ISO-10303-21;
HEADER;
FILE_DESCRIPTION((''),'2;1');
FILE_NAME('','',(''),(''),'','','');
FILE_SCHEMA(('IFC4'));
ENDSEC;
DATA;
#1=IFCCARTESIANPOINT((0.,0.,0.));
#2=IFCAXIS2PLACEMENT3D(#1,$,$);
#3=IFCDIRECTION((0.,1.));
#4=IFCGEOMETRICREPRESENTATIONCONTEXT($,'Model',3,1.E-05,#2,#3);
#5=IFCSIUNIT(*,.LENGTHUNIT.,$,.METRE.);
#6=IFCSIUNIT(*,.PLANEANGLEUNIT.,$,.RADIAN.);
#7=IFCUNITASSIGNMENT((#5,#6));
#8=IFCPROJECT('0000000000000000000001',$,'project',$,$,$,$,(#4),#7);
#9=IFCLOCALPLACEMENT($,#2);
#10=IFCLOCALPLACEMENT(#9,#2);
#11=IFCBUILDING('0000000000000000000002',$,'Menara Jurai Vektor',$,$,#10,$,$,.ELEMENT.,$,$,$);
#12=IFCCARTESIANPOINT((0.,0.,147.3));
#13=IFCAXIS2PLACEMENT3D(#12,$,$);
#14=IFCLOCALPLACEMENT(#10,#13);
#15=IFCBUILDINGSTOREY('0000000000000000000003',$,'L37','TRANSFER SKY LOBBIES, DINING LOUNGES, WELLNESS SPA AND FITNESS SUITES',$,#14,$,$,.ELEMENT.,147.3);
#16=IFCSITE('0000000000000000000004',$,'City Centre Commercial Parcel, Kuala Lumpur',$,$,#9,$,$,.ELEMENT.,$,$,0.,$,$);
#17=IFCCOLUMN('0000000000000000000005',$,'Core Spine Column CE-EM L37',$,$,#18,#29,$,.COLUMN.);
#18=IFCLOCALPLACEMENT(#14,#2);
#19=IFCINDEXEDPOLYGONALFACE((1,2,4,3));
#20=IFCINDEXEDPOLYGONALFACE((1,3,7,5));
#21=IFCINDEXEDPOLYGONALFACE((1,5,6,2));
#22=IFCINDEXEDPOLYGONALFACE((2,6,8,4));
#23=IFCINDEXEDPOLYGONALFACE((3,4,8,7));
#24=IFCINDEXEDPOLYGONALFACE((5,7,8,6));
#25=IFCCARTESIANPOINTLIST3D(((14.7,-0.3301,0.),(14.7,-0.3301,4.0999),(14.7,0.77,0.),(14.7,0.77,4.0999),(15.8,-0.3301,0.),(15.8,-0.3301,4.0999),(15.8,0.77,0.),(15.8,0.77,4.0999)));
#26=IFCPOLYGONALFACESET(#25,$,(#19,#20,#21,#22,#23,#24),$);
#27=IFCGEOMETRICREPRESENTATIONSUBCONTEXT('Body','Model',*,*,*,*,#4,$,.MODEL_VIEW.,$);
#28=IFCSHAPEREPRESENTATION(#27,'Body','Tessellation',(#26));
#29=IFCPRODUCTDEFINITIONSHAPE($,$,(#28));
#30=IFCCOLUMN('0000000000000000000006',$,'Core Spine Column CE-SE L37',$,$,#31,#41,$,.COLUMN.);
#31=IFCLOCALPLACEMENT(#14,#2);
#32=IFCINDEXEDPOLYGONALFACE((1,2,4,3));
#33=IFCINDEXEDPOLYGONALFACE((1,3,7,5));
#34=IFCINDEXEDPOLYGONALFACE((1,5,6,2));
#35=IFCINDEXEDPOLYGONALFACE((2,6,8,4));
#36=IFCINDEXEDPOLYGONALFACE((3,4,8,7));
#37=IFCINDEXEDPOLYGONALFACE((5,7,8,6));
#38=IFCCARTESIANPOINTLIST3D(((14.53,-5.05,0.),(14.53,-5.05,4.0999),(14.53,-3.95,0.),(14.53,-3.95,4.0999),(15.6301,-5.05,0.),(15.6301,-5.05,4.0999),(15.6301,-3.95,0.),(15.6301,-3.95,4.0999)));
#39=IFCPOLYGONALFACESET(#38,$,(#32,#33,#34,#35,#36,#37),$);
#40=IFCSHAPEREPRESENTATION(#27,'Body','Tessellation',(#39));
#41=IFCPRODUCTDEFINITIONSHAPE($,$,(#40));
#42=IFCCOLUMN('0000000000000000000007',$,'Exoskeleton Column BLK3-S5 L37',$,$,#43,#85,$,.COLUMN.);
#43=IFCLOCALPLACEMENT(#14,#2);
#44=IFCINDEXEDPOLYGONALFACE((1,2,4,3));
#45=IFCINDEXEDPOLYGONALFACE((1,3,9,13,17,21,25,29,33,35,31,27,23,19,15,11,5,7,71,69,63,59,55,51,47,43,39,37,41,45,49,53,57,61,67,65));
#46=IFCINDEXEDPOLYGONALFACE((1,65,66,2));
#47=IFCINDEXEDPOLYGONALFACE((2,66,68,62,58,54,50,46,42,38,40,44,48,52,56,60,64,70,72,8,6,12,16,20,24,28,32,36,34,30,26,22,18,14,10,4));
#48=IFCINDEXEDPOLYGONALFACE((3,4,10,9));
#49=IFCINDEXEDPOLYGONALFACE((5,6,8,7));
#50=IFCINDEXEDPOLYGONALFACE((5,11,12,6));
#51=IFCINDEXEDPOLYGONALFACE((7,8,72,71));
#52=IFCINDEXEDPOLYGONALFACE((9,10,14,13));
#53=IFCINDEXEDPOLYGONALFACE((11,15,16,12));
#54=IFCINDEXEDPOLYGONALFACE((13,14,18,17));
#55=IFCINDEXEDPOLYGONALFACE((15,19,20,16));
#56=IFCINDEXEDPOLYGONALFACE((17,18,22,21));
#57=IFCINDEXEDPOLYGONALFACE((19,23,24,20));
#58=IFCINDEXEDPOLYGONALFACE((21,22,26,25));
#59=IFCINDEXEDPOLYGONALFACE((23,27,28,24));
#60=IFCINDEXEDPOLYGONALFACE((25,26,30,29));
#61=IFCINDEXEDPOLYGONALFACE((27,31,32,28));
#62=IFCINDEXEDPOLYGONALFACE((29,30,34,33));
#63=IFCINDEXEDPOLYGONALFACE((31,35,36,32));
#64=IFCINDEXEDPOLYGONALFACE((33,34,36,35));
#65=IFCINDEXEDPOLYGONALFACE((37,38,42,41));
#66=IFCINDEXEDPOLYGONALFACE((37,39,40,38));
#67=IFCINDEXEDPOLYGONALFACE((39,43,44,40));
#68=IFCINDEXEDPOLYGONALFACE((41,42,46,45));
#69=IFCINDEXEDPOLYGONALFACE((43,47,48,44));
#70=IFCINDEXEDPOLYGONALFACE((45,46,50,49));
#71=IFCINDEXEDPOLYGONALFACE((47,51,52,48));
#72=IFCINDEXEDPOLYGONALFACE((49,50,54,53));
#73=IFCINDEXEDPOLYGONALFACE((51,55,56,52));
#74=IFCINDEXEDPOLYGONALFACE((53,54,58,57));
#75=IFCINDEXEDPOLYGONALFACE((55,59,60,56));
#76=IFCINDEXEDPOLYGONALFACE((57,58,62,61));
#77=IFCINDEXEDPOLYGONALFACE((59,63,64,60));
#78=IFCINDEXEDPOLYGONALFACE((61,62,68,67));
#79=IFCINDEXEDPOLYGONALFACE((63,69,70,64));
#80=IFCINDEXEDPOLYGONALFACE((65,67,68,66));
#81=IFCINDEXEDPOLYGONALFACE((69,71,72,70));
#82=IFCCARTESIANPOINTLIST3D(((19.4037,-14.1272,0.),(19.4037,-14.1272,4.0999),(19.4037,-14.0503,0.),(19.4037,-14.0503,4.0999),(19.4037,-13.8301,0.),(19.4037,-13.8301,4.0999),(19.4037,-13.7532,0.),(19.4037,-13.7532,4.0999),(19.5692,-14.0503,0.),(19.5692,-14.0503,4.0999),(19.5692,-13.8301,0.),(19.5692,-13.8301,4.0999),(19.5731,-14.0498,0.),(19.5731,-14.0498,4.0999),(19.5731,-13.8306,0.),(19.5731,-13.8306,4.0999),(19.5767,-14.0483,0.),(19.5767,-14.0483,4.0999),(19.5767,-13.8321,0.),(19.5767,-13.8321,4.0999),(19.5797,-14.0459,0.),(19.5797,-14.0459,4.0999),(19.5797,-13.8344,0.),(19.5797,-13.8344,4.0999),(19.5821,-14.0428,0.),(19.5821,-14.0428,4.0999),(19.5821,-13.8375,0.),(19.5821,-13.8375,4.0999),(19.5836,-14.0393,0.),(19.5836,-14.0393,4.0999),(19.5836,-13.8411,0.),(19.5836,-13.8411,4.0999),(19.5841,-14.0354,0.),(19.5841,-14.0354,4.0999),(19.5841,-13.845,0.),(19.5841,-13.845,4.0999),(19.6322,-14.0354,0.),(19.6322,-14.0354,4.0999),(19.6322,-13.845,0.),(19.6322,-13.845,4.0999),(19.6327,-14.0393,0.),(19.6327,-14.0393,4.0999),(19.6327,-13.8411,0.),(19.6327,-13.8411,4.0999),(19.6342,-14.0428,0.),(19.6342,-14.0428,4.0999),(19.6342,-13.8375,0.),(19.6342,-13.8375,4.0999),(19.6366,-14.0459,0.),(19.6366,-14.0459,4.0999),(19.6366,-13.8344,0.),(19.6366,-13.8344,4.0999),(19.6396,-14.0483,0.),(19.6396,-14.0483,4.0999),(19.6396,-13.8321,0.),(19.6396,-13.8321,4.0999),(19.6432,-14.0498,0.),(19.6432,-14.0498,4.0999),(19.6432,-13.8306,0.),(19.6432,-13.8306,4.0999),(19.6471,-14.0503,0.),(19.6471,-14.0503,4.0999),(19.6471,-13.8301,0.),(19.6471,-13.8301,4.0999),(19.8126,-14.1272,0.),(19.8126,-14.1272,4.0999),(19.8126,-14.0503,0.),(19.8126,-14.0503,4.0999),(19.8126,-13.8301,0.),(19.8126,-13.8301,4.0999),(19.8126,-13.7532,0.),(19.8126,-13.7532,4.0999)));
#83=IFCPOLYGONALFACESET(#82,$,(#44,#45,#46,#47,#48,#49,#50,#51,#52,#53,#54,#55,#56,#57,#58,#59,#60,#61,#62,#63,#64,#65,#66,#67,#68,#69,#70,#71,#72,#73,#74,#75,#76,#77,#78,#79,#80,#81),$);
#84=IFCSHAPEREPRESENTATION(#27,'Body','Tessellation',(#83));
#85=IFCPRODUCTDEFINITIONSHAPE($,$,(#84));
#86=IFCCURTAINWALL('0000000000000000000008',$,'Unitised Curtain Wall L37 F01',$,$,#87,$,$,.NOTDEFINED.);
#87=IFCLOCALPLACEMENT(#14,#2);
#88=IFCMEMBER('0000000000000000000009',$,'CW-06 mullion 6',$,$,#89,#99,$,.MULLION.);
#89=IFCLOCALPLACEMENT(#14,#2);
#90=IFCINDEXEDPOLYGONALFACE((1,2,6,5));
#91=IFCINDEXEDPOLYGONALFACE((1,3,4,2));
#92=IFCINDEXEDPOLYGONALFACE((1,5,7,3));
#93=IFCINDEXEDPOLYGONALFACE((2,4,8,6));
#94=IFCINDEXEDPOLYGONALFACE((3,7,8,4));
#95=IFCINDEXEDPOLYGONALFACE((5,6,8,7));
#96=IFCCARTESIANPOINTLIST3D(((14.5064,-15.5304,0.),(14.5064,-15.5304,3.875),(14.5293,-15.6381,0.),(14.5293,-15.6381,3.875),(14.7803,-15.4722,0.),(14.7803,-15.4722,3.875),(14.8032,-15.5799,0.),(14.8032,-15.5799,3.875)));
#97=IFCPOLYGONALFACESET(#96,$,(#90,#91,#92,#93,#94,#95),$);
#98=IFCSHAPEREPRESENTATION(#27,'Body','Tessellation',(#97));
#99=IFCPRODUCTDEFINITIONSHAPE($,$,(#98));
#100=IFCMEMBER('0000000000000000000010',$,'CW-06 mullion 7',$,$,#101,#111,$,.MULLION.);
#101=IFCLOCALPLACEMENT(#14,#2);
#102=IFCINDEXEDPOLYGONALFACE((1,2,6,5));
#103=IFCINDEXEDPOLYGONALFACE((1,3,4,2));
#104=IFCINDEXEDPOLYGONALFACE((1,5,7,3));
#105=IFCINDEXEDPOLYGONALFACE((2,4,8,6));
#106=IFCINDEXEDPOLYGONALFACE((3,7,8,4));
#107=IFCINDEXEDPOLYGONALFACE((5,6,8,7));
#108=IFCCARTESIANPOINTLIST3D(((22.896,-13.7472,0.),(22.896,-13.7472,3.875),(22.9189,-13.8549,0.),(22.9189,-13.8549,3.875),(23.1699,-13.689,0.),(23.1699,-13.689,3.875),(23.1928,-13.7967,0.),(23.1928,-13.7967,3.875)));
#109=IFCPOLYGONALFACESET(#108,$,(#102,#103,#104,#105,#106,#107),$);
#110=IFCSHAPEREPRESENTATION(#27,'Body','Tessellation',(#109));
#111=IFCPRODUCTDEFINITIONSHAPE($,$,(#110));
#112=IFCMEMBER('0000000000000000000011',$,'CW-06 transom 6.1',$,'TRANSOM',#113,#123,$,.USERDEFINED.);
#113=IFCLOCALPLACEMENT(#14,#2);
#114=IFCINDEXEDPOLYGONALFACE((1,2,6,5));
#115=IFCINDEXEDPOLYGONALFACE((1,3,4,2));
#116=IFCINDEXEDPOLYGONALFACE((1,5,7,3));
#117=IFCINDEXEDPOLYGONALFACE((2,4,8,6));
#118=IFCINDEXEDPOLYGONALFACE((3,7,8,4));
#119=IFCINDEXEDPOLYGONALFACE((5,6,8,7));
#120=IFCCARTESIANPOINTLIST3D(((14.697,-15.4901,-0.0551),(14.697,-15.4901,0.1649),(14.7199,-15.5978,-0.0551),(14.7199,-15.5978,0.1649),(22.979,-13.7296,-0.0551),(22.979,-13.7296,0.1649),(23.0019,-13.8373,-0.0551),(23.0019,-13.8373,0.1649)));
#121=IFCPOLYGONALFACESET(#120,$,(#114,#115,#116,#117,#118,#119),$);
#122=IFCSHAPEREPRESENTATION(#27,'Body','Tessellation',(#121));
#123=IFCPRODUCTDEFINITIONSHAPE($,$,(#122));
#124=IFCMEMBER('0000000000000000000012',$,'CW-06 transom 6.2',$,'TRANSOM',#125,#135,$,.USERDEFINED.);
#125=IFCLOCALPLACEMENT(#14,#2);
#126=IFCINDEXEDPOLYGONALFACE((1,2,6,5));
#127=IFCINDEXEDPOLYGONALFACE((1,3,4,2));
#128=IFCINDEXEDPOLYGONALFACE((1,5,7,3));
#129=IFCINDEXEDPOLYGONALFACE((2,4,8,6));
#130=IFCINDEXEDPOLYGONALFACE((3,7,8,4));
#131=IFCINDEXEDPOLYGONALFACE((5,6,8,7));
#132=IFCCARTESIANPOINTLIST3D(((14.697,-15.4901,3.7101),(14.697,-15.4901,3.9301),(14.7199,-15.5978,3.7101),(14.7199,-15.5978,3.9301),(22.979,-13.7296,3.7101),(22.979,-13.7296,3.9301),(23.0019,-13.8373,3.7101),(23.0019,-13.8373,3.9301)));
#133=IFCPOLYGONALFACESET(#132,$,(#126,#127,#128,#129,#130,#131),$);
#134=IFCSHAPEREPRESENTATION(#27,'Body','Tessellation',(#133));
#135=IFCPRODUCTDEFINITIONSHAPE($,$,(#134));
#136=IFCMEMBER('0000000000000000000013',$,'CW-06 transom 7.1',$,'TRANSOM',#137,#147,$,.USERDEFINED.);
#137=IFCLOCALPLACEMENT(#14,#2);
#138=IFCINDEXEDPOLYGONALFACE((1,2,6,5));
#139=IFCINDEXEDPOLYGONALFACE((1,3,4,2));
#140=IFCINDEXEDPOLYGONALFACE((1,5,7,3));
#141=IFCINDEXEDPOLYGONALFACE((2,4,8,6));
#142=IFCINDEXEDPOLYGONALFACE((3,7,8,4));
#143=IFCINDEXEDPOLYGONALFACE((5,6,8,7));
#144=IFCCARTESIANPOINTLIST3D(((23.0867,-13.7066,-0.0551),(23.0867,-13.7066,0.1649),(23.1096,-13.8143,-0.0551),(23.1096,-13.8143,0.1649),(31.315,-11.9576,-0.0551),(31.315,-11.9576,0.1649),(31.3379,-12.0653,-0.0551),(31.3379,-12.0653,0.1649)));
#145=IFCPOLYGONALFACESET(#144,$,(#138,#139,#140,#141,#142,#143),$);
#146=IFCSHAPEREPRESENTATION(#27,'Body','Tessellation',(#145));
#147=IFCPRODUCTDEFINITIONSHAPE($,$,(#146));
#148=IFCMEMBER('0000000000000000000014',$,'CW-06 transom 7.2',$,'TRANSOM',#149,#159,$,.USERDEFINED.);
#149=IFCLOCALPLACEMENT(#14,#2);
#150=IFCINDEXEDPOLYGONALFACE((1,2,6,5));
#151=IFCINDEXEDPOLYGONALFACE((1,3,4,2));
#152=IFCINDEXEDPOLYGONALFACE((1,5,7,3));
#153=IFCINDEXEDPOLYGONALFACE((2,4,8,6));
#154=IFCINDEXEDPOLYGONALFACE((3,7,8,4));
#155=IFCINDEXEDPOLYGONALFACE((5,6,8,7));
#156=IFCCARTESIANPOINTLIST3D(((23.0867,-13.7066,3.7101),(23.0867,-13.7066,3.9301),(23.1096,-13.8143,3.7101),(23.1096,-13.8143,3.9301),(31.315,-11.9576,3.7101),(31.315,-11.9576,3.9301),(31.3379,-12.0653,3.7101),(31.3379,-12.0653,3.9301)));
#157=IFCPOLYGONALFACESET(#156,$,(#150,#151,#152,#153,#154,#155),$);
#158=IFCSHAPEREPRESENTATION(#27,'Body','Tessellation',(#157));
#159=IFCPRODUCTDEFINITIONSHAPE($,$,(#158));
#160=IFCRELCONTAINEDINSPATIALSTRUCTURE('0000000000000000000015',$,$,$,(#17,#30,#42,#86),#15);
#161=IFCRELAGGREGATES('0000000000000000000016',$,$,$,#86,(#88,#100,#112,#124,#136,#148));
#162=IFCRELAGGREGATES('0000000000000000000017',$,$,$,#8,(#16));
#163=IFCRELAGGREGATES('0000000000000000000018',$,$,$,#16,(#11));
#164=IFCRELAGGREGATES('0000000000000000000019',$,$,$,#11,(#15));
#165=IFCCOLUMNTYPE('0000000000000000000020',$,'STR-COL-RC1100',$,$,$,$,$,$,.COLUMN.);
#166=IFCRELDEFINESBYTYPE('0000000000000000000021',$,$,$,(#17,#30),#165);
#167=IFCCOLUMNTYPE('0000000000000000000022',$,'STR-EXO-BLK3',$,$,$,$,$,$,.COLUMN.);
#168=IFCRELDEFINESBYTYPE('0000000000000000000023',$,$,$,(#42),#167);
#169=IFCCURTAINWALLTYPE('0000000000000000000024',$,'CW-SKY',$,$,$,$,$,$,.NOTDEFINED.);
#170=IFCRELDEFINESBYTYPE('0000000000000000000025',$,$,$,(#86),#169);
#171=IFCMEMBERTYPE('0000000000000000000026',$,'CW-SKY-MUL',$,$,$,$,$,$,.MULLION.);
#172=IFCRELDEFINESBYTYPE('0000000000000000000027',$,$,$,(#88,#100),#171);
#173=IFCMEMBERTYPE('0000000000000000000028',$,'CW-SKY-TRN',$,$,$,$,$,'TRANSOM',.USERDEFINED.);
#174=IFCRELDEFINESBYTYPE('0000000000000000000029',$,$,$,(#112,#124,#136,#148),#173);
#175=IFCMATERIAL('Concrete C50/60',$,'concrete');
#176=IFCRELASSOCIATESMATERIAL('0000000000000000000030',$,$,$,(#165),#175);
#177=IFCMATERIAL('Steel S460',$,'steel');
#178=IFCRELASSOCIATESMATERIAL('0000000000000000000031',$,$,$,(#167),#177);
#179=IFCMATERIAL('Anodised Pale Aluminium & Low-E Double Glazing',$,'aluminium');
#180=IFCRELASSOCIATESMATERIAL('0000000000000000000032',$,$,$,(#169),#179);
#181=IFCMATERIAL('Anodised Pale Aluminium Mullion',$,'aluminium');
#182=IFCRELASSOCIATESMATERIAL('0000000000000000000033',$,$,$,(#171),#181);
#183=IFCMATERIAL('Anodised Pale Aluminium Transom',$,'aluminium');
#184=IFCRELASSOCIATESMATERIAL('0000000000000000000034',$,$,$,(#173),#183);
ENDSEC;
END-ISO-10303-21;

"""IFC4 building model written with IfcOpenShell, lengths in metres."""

from ifc_helpers import new_model, si_unit, direction, frame, origin, origin_2d, place, context, subcontext, project, spatial, rectangle, i_section, extrude, material, material_profile, profile_set, type_object, element, aggregate, save


model = new_model("IFC4")

# Units and contexts
model_context = context("Model", 3, precision=1e-05, world=origin(), true_north=direction((0.0, 1.0)))
body_context = subcontext(model_context, "Body", "Model", "MODEL_VIEW")
ifc_project = project(units=[si_unit("LENGTHUNIT", "METRE"), si_unit("PLANEANGLEUNIT", "RADIAN")], contexts=[model_context])

# Site, building, storey
site_placement = place(None, origin())
site = spatial("IfcSite", under=ifc_project, at=site_placement, Name="City Centre Commercial Parcel, Kuala Lumpur", CompositionType="ELEMENT", RefElevation=0.0)
building_placement = place(site_placement, origin())
building = spatial("IfcBuilding", under=site, at=building_placement, Name="Menara Jurai Vektor", CompositionType="ELEMENT")
storey_placement = place(building_placement, frame((0.0, 0.0, 147.3)))
storey = spatial("IfcBuildingStorey", under=building, at=storey_placement, Name="L37", Description="TRANSFER SKY LOBBIES, DINING LOUNGES, WELLNESS SPA AND FITNESS SUITES", CompositionType="ELEMENT", Elevation=147.3)

# Columns
ifc_material_1 = material(Name="Concrete C50/60", Category="concrete")
ifc_material_profile_1 = material_profile(ifc_material_1, rectangle(XDim=1.1001, YDim=1.1001, at=origin_2d()), Name="RC 1100x1100")
ifc_profile_set_1 = profile_set([ifc_material_profile_1], Name="Concrete C50/60")
column_type_1 = type_object("IfcColumnType", Name="STR-COL-RC1100", PredefinedType="COLUMN", material=ifc_profile_set_1)
for number, where, z_axis, x_axis, name in (
    (1, (15.25, 0.22, 0.0), (0.0, 0.0, 1.0), (1.0, 0.0, 0.0), "Core Spine Column CE-EM L37"),
    (2, (15.0801, -4.5, 0.0), (0.0, 0.0, 1.0), (1.0, 0.0, 0.0), "Core Spine Column CE-SE L37"),
):
    element("IfcColumn", number, at=place(storey_placement, frame(where, z_axis=z_axis, x_axis=x_axis)), inside=storey, type_object=column_type_1, Name=name, PredefinedType="COLUMN", context=body_context, shape_type="SweptSolid", body=[
        extrude(rectangle(XDim=1.1001, YDim=1.1001, at=origin_2d()), origin(), (0.0, 0.0, 1.0), 4.0999),
    ])
ifc_material_2 = material(Name="Steel S460", Category="steel")
ifc_material_profile_2 = material_profile(ifc_material_2, i_section(OverallWidth=0.4089, OverallDepth=0.374, WebThickness=0.0481, FlangeThickness=0.0769, FilletRadius=0.0149, at=origin_2d()), Name="HD 400x634")
ifc_profile_set_2 = profile_set([ifc_material_profile_2], Name="Steel S460")
column_type_2 = type_object("IfcColumnType", Name="STR-EXO-BLK3", PredefinedType="COLUMN", material=ifc_profile_set_2)
column_placement = place(storey_placement, frame((19.6082, -13.9402, 0.0), z_axis=(0.0, 0.0, 1.0), x_axis=(1.0, 0.0, 0.0)))
element("IfcColumn", 3, at=column_placement, inside=storey, type_object=column_type_2, Name="Exoskeleton Column BLK3-S5 L37", PredefinedType="COLUMN", context=body_context, shape_type="SweptSolid", body=[
    extrude(i_section(OverallWidth=0.4089, OverallDepth=0.374, WebThickness=0.0481, FlangeThickness=0.0769, FilletRadius=0.0149, at=origin_2d()), origin(), (0.0, 0.0, 1.0), 4.0999),
])

# Curtain wall, members
ifc_material_3 = material(Name="Anodised Pale Aluminium & Low-E Double Glazing", Category="aluminium")
curtain_wall_type = type_object("IfcCurtainWallType", Name="CW-SKY", PredefinedType="NOTDEFINED", material=ifc_material_3)
curtain_wall_placement = place(storey_placement, origin())
curtain_wall = element("IfcCurtainWall", 4, at=curtain_wall_placement, inside=storey, type_object=curtain_wall_type, Name="Unitised Curtain Wall L37 F01", PredefinedType="NOTDEFINED")
ifc_material_4 = material(Name="Anodised Pale Aluminium Mullion", Category="aluminium")
ifc_material_profile_3 = material_profile(ifc_material_4, rectangle(XDim=0.1101, YDim=0.28, at=origin_2d()), Name="ALU MUL 110x280")
ifc_profile_set_3 = profile_set([ifc_material_profile_3], Name="Anodised Pale Aluminium Mullion")
member_type_1 = type_object("IfcMemberType", Name="CW-SKY-MUL", PredefinedType="MULLION", material=ifc_profile_set_3)
member_1_placement = place(storey_placement, frame((14.6548, -15.5552, 0.0), z_axis=(0.0, 0.0, 1.0), x_axis=(-0.207911, 0.978148, 0.0)))
member_1 = element("IfcMember", 5, at=member_1_placement, type_object=member_type_1, Name="CW-06 mullion 6", PredefinedType="MULLION", context=body_context, shape_type="SweptSolid", body=[
    extrude(rectangle(XDim=0.1101, YDim=0.28, at=origin_2d()), origin(), (0.0, 0.0, 1.0), 3.875),
])
member_2_placement = place(storey_placement, frame((23.0444, -13.772, 0.0), z_axis=(0.0, 0.0, 1.0), x_axis=(-0.207911, 0.978148, 0.0)))
member_2 = element("IfcMember", 6, at=member_2_placement, type_object=member_type_1, Name="CW-06 mullion 7", PredefinedType="MULLION", context=body_context, shape_type="SweptSolid", body=[
    extrude(rectangle(XDim=0.1101, YDim=0.28, at=origin_2d()), origin(), (0.0, 0.0, 1.0), 3.875),
])
ifc_material_5 = material(Name="Anodised Pale Aluminium Transom", Category="aluminium")
ifc_material_profile_4 = material_profile(ifc_material_5, rectangle(XDim=0.1101, YDim=0.22, at=origin_2d()), Name="ALU TRN 110x220")
ifc_profile_set_4 = profile_set([ifc_material_profile_4], Name="Anodised Pale Aluminium Transom")
member_type_2 = type_object("IfcMemberType", Name="CW-SKY-TRN", ElementType="TRANSOM", PredefinedType="USERDEFINED", material=ifc_profile_set_4)
member_3_placement = place(storey_placement, frame((14.7085, -15.5439, 0.0549), z_axis=(0.978145, 0.207924, 0.0), x_axis=(-0.207924, 0.978145, 0.0)))
member_3 = element("IfcMember", 7, at=member_3_placement, type_object=member_type_2, Name="CW-06 transom 6.1", ObjectType="TRANSOM", PredefinedType="USERDEFINED", context=body_context, shape_type="SweptSolid", body=[
    extrude(rectangle(XDim=0.1101, YDim=0.22, at=origin_2d()), origin(), (0.0, 0.0, 1.0), 8.467),
])
member_4_placement = place(storey_placement, frame((14.7085, -15.5439, 3.8201), z_axis=(0.978145, 0.207924, 0.0), x_axis=(-0.207924, 0.978145, 0.0)))
member_4 = element("IfcMember", 8, at=member_4_placement, type_object=member_type_2, Name="CW-06 transom 6.2", ObjectType="TRANSOM", PredefinedType="USERDEFINED", context=body_context, shape_type="SweptSolid", body=[
    extrude(rectangle(XDim=0.1101, YDim=0.22, at=origin_2d()), origin(), (0.0, 0.0, 1.0), 8.467),
])
member_5_placement = place(storey_placement, frame((23.0981, -13.7605, 0.0549), z_axis=(0.978146, 0.207917, 0.0), x_axis=(-0.207917, 0.978146, 0.0)))
member_5 = element("IfcMember", 9, at=member_5_placement, type_object=member_type_2, Name="CW-06 transom 7.1", ObjectType="TRANSOM", PredefinedType="USERDEFINED", context=body_context, shape_type="SweptSolid", body=[
    extrude(rectangle(XDim=0.1101, YDim=0.22, at=origin_2d()), origin(), (0.0, 0.0, 1.0), 8.4121),
])
member_6_placement = place(storey_placement, frame((23.0981, -13.7605, 3.8201), z_axis=(0.978146, 0.207917, 0.0), x_axis=(-0.207917, 0.978146, 0.0)))
member_6 = element("IfcMember", 10, at=member_6_placement, type_object=member_type_2, Name="CW-06 transom 7.2", ObjectType="TRANSOM", PredefinedType="USERDEFINED", context=body_context, shape_type="SweptSolid", body=[
    extrude(rectangle(XDim=0.1101, YDim=0.22, at=origin_2d()), origin(), (0.0, 0.0, 1.0), 8.4121),
])

aggregate(curtain_wall, [member_1, member_2, member_3, member_4, member_5, member_6])

save(model, "model.ifc")
